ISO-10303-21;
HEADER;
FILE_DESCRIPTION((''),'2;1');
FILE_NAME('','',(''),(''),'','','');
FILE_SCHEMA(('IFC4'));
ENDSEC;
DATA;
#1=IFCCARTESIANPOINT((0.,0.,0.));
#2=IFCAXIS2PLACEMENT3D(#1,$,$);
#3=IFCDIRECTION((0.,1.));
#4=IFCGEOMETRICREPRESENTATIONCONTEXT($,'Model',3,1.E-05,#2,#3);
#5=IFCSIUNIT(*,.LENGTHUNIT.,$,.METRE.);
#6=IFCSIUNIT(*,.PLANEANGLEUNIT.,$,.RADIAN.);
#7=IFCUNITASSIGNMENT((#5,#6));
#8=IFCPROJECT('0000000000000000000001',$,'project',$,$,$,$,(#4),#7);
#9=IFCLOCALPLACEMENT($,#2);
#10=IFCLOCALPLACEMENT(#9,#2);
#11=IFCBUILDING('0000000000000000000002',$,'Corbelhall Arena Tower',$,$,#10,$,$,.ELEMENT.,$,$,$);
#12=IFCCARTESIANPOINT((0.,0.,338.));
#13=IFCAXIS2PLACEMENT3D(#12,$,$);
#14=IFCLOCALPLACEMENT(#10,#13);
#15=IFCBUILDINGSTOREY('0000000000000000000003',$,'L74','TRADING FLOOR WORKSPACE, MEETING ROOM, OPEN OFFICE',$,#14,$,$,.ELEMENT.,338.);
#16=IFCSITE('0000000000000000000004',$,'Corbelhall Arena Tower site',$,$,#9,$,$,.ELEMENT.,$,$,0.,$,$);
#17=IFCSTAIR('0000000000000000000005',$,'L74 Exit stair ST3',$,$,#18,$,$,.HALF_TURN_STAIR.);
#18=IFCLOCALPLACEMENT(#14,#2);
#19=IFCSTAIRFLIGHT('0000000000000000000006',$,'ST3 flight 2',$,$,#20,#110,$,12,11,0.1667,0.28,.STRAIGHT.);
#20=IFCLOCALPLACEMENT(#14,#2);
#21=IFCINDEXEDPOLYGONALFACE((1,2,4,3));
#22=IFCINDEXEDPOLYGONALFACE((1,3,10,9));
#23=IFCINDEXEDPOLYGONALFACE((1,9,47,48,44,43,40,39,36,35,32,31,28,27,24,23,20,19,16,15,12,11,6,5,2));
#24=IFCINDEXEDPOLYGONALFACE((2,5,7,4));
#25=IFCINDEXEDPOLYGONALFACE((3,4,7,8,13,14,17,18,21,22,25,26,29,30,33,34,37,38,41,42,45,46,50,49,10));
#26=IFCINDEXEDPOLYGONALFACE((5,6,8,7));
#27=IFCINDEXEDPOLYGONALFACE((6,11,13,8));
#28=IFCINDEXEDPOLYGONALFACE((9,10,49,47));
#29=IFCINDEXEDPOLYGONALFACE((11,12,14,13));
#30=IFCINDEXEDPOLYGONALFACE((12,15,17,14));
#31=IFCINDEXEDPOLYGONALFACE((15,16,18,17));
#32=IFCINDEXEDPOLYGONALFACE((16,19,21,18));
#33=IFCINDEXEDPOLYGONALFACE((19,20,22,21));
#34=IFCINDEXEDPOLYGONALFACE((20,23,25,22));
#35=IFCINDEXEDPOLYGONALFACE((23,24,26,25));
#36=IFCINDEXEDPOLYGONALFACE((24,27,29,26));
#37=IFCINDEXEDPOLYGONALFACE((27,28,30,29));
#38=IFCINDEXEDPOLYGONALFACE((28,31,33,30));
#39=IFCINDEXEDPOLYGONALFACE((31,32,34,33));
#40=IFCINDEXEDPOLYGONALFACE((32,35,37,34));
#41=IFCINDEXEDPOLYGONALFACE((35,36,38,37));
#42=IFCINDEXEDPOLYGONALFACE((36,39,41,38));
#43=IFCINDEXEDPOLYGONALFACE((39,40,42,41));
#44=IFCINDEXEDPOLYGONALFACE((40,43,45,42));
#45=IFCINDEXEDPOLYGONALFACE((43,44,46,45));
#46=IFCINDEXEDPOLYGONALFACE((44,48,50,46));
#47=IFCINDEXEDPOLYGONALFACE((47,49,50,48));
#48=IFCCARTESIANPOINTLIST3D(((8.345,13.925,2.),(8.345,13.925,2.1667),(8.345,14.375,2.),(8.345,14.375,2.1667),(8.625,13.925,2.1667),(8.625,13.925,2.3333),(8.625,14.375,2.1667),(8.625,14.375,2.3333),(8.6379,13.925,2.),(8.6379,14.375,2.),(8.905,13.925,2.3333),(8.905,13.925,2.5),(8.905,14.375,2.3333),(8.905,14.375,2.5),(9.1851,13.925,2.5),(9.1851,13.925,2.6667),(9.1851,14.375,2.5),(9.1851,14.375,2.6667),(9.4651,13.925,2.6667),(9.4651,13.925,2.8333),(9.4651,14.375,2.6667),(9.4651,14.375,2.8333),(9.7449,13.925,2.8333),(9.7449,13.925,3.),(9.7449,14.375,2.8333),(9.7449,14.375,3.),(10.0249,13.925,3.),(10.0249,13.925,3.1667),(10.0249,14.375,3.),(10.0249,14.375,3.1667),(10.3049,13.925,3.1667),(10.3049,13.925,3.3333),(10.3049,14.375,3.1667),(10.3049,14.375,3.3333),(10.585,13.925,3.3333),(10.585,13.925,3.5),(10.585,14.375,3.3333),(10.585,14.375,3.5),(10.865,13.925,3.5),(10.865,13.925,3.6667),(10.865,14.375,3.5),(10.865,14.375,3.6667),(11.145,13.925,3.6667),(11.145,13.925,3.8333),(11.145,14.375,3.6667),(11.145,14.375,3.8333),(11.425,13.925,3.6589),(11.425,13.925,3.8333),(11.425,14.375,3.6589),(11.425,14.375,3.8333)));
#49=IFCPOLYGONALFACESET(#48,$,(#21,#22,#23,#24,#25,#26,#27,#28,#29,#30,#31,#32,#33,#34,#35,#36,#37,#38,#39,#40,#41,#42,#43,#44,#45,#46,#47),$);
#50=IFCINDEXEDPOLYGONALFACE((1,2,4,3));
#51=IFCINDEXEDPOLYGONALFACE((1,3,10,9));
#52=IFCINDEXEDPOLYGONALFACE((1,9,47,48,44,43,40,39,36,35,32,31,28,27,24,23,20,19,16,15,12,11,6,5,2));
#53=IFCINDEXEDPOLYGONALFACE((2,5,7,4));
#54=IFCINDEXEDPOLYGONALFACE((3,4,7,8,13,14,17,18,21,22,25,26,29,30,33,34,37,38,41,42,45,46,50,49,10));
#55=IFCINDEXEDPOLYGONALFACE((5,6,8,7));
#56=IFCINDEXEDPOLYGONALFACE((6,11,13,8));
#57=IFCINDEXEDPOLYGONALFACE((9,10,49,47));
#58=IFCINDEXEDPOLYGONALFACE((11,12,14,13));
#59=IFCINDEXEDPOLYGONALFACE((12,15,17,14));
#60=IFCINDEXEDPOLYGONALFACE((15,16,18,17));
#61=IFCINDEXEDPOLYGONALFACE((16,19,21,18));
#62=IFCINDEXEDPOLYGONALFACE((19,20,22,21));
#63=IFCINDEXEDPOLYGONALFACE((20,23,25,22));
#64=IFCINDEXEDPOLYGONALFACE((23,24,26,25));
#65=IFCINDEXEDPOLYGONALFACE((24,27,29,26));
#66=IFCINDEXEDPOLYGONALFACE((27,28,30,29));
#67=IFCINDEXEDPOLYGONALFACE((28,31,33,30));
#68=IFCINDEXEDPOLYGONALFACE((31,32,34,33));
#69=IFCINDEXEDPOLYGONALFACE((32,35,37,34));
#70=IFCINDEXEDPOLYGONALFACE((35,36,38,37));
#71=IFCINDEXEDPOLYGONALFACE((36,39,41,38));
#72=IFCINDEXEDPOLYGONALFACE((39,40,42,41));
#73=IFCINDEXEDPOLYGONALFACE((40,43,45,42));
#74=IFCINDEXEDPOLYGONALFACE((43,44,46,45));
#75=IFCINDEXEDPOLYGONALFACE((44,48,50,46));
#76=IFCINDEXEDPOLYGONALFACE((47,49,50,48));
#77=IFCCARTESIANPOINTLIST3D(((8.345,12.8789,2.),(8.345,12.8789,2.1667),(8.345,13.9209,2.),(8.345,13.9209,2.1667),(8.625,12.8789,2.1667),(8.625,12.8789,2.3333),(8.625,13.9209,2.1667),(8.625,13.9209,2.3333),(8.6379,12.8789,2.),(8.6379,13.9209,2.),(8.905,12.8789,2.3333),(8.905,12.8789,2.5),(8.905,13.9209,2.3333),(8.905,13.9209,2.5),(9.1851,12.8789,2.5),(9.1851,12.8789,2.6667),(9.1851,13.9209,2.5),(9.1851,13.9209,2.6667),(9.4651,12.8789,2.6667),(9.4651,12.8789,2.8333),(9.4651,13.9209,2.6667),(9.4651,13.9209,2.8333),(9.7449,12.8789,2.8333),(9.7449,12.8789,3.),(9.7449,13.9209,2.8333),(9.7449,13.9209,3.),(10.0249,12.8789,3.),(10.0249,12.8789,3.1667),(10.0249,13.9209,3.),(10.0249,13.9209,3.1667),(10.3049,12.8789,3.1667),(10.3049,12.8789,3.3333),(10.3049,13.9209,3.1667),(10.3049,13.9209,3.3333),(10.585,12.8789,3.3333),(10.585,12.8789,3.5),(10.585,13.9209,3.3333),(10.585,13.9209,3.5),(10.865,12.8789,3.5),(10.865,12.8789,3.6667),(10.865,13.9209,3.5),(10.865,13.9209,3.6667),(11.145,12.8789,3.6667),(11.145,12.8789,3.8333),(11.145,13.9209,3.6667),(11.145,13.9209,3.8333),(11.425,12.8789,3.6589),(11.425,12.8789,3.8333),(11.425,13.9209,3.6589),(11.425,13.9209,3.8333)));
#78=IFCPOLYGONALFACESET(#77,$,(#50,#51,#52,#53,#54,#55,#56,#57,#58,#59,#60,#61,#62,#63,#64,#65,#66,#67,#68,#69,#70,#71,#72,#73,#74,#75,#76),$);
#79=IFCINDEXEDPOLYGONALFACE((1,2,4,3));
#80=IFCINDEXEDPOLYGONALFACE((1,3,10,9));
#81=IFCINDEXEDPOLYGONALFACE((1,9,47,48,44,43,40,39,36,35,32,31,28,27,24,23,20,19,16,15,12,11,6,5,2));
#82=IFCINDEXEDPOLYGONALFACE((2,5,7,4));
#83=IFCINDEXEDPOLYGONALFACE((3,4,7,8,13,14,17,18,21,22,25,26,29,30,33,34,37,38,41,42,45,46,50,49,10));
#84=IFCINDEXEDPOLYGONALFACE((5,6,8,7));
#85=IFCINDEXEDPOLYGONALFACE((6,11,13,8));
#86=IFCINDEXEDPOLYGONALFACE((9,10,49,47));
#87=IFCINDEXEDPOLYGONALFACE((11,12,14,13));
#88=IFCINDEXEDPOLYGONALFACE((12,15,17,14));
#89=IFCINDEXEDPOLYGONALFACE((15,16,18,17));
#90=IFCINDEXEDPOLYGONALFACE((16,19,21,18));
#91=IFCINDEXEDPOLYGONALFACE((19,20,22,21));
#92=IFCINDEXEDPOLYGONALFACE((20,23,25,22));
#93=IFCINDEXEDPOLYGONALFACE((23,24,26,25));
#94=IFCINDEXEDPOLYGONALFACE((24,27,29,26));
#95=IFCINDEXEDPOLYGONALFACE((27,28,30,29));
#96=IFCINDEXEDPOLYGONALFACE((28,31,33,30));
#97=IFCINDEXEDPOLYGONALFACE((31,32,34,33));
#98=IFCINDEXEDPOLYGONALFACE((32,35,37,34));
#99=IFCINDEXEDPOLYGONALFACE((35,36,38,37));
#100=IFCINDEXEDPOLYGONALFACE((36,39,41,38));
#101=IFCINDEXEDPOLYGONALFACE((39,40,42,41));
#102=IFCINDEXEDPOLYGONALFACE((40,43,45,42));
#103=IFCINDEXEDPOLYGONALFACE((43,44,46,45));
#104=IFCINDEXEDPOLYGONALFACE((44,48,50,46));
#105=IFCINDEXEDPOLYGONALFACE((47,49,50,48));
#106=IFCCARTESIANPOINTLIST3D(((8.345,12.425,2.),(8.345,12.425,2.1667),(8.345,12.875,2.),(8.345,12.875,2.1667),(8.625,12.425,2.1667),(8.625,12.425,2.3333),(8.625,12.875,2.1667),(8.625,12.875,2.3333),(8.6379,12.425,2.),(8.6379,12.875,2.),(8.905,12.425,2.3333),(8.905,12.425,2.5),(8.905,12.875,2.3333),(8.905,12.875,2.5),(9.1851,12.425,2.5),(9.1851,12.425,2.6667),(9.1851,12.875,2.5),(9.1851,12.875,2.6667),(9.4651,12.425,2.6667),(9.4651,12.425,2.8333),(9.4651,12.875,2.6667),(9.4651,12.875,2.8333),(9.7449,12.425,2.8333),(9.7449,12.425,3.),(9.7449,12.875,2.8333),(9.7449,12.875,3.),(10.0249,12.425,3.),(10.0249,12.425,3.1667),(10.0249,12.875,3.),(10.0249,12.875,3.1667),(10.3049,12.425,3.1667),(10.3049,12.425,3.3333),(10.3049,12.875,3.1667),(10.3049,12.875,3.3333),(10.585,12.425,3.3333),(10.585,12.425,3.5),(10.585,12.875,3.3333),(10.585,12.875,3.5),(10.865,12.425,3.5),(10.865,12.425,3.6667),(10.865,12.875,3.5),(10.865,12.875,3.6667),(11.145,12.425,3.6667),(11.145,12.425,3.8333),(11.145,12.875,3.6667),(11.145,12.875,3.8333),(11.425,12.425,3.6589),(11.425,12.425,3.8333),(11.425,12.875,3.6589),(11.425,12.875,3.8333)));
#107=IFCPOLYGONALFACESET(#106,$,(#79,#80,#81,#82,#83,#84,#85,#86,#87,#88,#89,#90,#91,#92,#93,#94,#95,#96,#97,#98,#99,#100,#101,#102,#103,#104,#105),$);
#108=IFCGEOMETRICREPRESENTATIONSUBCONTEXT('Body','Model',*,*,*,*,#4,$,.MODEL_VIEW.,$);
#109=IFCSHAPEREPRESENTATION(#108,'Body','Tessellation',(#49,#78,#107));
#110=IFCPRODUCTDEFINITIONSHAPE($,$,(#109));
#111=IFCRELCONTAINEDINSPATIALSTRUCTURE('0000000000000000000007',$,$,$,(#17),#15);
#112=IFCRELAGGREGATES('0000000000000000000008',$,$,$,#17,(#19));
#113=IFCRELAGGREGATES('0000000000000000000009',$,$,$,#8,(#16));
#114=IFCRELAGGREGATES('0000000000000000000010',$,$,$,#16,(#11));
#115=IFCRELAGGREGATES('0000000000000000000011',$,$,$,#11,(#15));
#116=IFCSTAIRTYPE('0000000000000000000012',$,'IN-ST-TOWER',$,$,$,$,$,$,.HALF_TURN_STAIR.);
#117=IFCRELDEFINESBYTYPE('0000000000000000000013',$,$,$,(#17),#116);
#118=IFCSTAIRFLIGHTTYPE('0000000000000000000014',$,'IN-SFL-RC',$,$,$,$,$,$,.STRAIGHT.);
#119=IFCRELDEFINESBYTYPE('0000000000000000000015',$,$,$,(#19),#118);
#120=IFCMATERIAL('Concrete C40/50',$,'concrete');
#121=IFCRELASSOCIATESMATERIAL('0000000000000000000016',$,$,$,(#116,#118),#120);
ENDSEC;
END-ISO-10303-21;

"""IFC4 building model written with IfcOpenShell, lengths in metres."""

from ifc_helpers import new_model, si_unit, direction, frame, origin, place, context, subcontext, project, spatial, polyline, outline, extrude, material, type_object, element, aggregate, save


model = new_model("IFC4")

# Units and contexts
model_context = context("Model", 3, precision=1e-05, world=origin(), true_north=direction((0.0, 1.0)))
body_context = subcontext(model_context, "Body", "Model", "MODEL_VIEW")
ifc_project = project(units=[si_unit("LENGTHUNIT", "METRE"), si_unit("PLANEANGLEUNIT", "RADIAN")], contexts=[model_context])

# Site, building, storey
site_placement = place(None, origin())
site = spatial("IfcSite", under=ifc_project, at=site_placement, Name="Corbelhall Arena Tower site", CompositionType="ELEMENT", RefElevation=0.0)
building_placement = place(site_placement, origin())
building = spatial("IfcBuilding", under=site, at=building_placement, Name="Corbelhall Arena Tower", CompositionType="ELEMENT")
storey_placement = place(building_placement, frame((0.0, 0.0, 338.0)))
storey = spatial("IfcBuildingStorey", under=building, at=storey_placement, Name="L74", Description="TRADING FLOOR WORKSPACE, MEETING ROOM, OPEN OFFICE", CompositionType="ELEMENT", Elevation=338.0)

# Shared definitions
ifc_material_1 = material(Name="Concrete C40/50", Category="concrete")
stair_type = type_object("IfcStairType", Name="IN-ST-TOWER", PredefinedType="HALF_TURN_STAIR", material=ifc_material_1)

# Stair, stair flight
stair_1_placement = place(storey_placement, origin())
stair_1 = element("IfcStair", 1, at=stair_1_placement, inside=storey, type_object=stair_type, Name="L74 Exit stair ST3", PredefinedType="HALF_TURN_STAIR")
stair_flight_type = type_object("IfcStairFlightType", Name="IN-SFL-RC", PredefinedType="STRAIGHT", material=ifc_material_1)
stair_flight_placement = place(storey_placement, frame((8.345, 13.3999, 2.0), z_axis=(0.0, 0.0, 1.0), x_axis=(1.0, 0.0, 0.0)))
stair_flight = element("IfcStairFlight", 2, at=stair_flight_placement, type_object=stair_flight_type, Name="ST3 flight 2", NumberOfRisers=12, NumberOfTreads=11, PredefinedType="STRAIGHT", RiserHeight=0.1667, TreadLength=0.28, context=body_context, shape_type="SweptSolid", body=[
    extrude(outline(polyline([(0.0, 0.0), (0.0, 0.1667), (0.28, 0.1667), (0.28, 0.3333), (0.5601, 0.3333), (0.5601, 0.5), (0.8401, 0.5), (0.8401, 0.6667), (1.1201, 0.6667), (1.1201, 0.8333), (1.3999, 0.8333), (1.3999, 1.0), (1.6799, 1.0), (1.6799, 1.1667), (1.96, 1.1667), (1.96, 1.3333), (2.24, 1.3333), (2.24, 1.5), (2.52, 1.5), (2.52, 1.6667), (2.8, 1.6667), (2.8, 1.8333), (3.0801, 1.8333), (3.0801, 2.0), (3.0801, 1.6589), (0.293, 0.0), (0.0, 0.0)])), frame((0.0, 0.9751, 0.0), z_axis=(0.0, -1.0, 0.0), x_axis=(1.0, 0.0, 0.0)), (0.0, 0.0, 1.0), 0.45),
    extrude(outline(polyline([(0.0, 0.0), (0.0, 0.1667), (0.28, 0.1667), (0.28, 0.3333), (0.5601, 0.3333), (0.5601, 0.5), (0.8401, 0.5), (0.8401, 0.6667), (1.1201, 0.6667), (1.1201, 0.8333), (1.3999, 0.8333), (1.3999, 1.0), (1.6799, 1.0), (1.6799, 1.1667), (1.96, 1.1667), (1.96, 1.3333), (2.24, 1.3333), (2.24, 1.5), (2.52, 1.5), (2.52, 1.6667), (2.8, 1.6667), (2.8, 1.8333), (3.0801, 1.8333), (3.0801, 2.0), (3.0801, 1.6589), (0.293, 0.0), (0.0, 0.0)])), frame((0.0, 0.521, 0.0), z_axis=(0.0, -1.0, 0.0), x_axis=(1.0, 0.0, 0.0)), (0.0, 0.0, 1.0), 1.042),
    extrude(outline(polyline([(0.0, 0.0), (0.0, 0.1667), (0.28, 0.1667), (0.28, 0.3333), (0.5601, 0.3333), (0.5601, 0.5), (0.8401, 0.5), (0.8401, 0.6667), (1.1201, 0.6667), (1.1201, 0.8333), (1.3999, 0.8333), (1.3999, 1.0), (1.6799, 1.0), (1.6799, 1.1667), (1.96, 1.1667), (1.96, 1.3333), (2.24, 1.3333), (2.24, 1.5), (2.52, 1.5), (2.52, 1.6667), (2.8, 1.6667), (2.8, 1.8333), (3.0801, 1.8333), (3.0801, 2.0), (3.0801, 1.6589), (0.293, 0.0), (0.0, 0.0)])), frame((0.0, -0.5249, 0.0), z_axis=(0.0, -1.0, 0.0), x_axis=(1.0, 0.0, 0.0)), (0.0, 0.0, 1.0), 0.45),
])
aggregate(stair_1, [stair_flight])

save(model, "model.ifc")
